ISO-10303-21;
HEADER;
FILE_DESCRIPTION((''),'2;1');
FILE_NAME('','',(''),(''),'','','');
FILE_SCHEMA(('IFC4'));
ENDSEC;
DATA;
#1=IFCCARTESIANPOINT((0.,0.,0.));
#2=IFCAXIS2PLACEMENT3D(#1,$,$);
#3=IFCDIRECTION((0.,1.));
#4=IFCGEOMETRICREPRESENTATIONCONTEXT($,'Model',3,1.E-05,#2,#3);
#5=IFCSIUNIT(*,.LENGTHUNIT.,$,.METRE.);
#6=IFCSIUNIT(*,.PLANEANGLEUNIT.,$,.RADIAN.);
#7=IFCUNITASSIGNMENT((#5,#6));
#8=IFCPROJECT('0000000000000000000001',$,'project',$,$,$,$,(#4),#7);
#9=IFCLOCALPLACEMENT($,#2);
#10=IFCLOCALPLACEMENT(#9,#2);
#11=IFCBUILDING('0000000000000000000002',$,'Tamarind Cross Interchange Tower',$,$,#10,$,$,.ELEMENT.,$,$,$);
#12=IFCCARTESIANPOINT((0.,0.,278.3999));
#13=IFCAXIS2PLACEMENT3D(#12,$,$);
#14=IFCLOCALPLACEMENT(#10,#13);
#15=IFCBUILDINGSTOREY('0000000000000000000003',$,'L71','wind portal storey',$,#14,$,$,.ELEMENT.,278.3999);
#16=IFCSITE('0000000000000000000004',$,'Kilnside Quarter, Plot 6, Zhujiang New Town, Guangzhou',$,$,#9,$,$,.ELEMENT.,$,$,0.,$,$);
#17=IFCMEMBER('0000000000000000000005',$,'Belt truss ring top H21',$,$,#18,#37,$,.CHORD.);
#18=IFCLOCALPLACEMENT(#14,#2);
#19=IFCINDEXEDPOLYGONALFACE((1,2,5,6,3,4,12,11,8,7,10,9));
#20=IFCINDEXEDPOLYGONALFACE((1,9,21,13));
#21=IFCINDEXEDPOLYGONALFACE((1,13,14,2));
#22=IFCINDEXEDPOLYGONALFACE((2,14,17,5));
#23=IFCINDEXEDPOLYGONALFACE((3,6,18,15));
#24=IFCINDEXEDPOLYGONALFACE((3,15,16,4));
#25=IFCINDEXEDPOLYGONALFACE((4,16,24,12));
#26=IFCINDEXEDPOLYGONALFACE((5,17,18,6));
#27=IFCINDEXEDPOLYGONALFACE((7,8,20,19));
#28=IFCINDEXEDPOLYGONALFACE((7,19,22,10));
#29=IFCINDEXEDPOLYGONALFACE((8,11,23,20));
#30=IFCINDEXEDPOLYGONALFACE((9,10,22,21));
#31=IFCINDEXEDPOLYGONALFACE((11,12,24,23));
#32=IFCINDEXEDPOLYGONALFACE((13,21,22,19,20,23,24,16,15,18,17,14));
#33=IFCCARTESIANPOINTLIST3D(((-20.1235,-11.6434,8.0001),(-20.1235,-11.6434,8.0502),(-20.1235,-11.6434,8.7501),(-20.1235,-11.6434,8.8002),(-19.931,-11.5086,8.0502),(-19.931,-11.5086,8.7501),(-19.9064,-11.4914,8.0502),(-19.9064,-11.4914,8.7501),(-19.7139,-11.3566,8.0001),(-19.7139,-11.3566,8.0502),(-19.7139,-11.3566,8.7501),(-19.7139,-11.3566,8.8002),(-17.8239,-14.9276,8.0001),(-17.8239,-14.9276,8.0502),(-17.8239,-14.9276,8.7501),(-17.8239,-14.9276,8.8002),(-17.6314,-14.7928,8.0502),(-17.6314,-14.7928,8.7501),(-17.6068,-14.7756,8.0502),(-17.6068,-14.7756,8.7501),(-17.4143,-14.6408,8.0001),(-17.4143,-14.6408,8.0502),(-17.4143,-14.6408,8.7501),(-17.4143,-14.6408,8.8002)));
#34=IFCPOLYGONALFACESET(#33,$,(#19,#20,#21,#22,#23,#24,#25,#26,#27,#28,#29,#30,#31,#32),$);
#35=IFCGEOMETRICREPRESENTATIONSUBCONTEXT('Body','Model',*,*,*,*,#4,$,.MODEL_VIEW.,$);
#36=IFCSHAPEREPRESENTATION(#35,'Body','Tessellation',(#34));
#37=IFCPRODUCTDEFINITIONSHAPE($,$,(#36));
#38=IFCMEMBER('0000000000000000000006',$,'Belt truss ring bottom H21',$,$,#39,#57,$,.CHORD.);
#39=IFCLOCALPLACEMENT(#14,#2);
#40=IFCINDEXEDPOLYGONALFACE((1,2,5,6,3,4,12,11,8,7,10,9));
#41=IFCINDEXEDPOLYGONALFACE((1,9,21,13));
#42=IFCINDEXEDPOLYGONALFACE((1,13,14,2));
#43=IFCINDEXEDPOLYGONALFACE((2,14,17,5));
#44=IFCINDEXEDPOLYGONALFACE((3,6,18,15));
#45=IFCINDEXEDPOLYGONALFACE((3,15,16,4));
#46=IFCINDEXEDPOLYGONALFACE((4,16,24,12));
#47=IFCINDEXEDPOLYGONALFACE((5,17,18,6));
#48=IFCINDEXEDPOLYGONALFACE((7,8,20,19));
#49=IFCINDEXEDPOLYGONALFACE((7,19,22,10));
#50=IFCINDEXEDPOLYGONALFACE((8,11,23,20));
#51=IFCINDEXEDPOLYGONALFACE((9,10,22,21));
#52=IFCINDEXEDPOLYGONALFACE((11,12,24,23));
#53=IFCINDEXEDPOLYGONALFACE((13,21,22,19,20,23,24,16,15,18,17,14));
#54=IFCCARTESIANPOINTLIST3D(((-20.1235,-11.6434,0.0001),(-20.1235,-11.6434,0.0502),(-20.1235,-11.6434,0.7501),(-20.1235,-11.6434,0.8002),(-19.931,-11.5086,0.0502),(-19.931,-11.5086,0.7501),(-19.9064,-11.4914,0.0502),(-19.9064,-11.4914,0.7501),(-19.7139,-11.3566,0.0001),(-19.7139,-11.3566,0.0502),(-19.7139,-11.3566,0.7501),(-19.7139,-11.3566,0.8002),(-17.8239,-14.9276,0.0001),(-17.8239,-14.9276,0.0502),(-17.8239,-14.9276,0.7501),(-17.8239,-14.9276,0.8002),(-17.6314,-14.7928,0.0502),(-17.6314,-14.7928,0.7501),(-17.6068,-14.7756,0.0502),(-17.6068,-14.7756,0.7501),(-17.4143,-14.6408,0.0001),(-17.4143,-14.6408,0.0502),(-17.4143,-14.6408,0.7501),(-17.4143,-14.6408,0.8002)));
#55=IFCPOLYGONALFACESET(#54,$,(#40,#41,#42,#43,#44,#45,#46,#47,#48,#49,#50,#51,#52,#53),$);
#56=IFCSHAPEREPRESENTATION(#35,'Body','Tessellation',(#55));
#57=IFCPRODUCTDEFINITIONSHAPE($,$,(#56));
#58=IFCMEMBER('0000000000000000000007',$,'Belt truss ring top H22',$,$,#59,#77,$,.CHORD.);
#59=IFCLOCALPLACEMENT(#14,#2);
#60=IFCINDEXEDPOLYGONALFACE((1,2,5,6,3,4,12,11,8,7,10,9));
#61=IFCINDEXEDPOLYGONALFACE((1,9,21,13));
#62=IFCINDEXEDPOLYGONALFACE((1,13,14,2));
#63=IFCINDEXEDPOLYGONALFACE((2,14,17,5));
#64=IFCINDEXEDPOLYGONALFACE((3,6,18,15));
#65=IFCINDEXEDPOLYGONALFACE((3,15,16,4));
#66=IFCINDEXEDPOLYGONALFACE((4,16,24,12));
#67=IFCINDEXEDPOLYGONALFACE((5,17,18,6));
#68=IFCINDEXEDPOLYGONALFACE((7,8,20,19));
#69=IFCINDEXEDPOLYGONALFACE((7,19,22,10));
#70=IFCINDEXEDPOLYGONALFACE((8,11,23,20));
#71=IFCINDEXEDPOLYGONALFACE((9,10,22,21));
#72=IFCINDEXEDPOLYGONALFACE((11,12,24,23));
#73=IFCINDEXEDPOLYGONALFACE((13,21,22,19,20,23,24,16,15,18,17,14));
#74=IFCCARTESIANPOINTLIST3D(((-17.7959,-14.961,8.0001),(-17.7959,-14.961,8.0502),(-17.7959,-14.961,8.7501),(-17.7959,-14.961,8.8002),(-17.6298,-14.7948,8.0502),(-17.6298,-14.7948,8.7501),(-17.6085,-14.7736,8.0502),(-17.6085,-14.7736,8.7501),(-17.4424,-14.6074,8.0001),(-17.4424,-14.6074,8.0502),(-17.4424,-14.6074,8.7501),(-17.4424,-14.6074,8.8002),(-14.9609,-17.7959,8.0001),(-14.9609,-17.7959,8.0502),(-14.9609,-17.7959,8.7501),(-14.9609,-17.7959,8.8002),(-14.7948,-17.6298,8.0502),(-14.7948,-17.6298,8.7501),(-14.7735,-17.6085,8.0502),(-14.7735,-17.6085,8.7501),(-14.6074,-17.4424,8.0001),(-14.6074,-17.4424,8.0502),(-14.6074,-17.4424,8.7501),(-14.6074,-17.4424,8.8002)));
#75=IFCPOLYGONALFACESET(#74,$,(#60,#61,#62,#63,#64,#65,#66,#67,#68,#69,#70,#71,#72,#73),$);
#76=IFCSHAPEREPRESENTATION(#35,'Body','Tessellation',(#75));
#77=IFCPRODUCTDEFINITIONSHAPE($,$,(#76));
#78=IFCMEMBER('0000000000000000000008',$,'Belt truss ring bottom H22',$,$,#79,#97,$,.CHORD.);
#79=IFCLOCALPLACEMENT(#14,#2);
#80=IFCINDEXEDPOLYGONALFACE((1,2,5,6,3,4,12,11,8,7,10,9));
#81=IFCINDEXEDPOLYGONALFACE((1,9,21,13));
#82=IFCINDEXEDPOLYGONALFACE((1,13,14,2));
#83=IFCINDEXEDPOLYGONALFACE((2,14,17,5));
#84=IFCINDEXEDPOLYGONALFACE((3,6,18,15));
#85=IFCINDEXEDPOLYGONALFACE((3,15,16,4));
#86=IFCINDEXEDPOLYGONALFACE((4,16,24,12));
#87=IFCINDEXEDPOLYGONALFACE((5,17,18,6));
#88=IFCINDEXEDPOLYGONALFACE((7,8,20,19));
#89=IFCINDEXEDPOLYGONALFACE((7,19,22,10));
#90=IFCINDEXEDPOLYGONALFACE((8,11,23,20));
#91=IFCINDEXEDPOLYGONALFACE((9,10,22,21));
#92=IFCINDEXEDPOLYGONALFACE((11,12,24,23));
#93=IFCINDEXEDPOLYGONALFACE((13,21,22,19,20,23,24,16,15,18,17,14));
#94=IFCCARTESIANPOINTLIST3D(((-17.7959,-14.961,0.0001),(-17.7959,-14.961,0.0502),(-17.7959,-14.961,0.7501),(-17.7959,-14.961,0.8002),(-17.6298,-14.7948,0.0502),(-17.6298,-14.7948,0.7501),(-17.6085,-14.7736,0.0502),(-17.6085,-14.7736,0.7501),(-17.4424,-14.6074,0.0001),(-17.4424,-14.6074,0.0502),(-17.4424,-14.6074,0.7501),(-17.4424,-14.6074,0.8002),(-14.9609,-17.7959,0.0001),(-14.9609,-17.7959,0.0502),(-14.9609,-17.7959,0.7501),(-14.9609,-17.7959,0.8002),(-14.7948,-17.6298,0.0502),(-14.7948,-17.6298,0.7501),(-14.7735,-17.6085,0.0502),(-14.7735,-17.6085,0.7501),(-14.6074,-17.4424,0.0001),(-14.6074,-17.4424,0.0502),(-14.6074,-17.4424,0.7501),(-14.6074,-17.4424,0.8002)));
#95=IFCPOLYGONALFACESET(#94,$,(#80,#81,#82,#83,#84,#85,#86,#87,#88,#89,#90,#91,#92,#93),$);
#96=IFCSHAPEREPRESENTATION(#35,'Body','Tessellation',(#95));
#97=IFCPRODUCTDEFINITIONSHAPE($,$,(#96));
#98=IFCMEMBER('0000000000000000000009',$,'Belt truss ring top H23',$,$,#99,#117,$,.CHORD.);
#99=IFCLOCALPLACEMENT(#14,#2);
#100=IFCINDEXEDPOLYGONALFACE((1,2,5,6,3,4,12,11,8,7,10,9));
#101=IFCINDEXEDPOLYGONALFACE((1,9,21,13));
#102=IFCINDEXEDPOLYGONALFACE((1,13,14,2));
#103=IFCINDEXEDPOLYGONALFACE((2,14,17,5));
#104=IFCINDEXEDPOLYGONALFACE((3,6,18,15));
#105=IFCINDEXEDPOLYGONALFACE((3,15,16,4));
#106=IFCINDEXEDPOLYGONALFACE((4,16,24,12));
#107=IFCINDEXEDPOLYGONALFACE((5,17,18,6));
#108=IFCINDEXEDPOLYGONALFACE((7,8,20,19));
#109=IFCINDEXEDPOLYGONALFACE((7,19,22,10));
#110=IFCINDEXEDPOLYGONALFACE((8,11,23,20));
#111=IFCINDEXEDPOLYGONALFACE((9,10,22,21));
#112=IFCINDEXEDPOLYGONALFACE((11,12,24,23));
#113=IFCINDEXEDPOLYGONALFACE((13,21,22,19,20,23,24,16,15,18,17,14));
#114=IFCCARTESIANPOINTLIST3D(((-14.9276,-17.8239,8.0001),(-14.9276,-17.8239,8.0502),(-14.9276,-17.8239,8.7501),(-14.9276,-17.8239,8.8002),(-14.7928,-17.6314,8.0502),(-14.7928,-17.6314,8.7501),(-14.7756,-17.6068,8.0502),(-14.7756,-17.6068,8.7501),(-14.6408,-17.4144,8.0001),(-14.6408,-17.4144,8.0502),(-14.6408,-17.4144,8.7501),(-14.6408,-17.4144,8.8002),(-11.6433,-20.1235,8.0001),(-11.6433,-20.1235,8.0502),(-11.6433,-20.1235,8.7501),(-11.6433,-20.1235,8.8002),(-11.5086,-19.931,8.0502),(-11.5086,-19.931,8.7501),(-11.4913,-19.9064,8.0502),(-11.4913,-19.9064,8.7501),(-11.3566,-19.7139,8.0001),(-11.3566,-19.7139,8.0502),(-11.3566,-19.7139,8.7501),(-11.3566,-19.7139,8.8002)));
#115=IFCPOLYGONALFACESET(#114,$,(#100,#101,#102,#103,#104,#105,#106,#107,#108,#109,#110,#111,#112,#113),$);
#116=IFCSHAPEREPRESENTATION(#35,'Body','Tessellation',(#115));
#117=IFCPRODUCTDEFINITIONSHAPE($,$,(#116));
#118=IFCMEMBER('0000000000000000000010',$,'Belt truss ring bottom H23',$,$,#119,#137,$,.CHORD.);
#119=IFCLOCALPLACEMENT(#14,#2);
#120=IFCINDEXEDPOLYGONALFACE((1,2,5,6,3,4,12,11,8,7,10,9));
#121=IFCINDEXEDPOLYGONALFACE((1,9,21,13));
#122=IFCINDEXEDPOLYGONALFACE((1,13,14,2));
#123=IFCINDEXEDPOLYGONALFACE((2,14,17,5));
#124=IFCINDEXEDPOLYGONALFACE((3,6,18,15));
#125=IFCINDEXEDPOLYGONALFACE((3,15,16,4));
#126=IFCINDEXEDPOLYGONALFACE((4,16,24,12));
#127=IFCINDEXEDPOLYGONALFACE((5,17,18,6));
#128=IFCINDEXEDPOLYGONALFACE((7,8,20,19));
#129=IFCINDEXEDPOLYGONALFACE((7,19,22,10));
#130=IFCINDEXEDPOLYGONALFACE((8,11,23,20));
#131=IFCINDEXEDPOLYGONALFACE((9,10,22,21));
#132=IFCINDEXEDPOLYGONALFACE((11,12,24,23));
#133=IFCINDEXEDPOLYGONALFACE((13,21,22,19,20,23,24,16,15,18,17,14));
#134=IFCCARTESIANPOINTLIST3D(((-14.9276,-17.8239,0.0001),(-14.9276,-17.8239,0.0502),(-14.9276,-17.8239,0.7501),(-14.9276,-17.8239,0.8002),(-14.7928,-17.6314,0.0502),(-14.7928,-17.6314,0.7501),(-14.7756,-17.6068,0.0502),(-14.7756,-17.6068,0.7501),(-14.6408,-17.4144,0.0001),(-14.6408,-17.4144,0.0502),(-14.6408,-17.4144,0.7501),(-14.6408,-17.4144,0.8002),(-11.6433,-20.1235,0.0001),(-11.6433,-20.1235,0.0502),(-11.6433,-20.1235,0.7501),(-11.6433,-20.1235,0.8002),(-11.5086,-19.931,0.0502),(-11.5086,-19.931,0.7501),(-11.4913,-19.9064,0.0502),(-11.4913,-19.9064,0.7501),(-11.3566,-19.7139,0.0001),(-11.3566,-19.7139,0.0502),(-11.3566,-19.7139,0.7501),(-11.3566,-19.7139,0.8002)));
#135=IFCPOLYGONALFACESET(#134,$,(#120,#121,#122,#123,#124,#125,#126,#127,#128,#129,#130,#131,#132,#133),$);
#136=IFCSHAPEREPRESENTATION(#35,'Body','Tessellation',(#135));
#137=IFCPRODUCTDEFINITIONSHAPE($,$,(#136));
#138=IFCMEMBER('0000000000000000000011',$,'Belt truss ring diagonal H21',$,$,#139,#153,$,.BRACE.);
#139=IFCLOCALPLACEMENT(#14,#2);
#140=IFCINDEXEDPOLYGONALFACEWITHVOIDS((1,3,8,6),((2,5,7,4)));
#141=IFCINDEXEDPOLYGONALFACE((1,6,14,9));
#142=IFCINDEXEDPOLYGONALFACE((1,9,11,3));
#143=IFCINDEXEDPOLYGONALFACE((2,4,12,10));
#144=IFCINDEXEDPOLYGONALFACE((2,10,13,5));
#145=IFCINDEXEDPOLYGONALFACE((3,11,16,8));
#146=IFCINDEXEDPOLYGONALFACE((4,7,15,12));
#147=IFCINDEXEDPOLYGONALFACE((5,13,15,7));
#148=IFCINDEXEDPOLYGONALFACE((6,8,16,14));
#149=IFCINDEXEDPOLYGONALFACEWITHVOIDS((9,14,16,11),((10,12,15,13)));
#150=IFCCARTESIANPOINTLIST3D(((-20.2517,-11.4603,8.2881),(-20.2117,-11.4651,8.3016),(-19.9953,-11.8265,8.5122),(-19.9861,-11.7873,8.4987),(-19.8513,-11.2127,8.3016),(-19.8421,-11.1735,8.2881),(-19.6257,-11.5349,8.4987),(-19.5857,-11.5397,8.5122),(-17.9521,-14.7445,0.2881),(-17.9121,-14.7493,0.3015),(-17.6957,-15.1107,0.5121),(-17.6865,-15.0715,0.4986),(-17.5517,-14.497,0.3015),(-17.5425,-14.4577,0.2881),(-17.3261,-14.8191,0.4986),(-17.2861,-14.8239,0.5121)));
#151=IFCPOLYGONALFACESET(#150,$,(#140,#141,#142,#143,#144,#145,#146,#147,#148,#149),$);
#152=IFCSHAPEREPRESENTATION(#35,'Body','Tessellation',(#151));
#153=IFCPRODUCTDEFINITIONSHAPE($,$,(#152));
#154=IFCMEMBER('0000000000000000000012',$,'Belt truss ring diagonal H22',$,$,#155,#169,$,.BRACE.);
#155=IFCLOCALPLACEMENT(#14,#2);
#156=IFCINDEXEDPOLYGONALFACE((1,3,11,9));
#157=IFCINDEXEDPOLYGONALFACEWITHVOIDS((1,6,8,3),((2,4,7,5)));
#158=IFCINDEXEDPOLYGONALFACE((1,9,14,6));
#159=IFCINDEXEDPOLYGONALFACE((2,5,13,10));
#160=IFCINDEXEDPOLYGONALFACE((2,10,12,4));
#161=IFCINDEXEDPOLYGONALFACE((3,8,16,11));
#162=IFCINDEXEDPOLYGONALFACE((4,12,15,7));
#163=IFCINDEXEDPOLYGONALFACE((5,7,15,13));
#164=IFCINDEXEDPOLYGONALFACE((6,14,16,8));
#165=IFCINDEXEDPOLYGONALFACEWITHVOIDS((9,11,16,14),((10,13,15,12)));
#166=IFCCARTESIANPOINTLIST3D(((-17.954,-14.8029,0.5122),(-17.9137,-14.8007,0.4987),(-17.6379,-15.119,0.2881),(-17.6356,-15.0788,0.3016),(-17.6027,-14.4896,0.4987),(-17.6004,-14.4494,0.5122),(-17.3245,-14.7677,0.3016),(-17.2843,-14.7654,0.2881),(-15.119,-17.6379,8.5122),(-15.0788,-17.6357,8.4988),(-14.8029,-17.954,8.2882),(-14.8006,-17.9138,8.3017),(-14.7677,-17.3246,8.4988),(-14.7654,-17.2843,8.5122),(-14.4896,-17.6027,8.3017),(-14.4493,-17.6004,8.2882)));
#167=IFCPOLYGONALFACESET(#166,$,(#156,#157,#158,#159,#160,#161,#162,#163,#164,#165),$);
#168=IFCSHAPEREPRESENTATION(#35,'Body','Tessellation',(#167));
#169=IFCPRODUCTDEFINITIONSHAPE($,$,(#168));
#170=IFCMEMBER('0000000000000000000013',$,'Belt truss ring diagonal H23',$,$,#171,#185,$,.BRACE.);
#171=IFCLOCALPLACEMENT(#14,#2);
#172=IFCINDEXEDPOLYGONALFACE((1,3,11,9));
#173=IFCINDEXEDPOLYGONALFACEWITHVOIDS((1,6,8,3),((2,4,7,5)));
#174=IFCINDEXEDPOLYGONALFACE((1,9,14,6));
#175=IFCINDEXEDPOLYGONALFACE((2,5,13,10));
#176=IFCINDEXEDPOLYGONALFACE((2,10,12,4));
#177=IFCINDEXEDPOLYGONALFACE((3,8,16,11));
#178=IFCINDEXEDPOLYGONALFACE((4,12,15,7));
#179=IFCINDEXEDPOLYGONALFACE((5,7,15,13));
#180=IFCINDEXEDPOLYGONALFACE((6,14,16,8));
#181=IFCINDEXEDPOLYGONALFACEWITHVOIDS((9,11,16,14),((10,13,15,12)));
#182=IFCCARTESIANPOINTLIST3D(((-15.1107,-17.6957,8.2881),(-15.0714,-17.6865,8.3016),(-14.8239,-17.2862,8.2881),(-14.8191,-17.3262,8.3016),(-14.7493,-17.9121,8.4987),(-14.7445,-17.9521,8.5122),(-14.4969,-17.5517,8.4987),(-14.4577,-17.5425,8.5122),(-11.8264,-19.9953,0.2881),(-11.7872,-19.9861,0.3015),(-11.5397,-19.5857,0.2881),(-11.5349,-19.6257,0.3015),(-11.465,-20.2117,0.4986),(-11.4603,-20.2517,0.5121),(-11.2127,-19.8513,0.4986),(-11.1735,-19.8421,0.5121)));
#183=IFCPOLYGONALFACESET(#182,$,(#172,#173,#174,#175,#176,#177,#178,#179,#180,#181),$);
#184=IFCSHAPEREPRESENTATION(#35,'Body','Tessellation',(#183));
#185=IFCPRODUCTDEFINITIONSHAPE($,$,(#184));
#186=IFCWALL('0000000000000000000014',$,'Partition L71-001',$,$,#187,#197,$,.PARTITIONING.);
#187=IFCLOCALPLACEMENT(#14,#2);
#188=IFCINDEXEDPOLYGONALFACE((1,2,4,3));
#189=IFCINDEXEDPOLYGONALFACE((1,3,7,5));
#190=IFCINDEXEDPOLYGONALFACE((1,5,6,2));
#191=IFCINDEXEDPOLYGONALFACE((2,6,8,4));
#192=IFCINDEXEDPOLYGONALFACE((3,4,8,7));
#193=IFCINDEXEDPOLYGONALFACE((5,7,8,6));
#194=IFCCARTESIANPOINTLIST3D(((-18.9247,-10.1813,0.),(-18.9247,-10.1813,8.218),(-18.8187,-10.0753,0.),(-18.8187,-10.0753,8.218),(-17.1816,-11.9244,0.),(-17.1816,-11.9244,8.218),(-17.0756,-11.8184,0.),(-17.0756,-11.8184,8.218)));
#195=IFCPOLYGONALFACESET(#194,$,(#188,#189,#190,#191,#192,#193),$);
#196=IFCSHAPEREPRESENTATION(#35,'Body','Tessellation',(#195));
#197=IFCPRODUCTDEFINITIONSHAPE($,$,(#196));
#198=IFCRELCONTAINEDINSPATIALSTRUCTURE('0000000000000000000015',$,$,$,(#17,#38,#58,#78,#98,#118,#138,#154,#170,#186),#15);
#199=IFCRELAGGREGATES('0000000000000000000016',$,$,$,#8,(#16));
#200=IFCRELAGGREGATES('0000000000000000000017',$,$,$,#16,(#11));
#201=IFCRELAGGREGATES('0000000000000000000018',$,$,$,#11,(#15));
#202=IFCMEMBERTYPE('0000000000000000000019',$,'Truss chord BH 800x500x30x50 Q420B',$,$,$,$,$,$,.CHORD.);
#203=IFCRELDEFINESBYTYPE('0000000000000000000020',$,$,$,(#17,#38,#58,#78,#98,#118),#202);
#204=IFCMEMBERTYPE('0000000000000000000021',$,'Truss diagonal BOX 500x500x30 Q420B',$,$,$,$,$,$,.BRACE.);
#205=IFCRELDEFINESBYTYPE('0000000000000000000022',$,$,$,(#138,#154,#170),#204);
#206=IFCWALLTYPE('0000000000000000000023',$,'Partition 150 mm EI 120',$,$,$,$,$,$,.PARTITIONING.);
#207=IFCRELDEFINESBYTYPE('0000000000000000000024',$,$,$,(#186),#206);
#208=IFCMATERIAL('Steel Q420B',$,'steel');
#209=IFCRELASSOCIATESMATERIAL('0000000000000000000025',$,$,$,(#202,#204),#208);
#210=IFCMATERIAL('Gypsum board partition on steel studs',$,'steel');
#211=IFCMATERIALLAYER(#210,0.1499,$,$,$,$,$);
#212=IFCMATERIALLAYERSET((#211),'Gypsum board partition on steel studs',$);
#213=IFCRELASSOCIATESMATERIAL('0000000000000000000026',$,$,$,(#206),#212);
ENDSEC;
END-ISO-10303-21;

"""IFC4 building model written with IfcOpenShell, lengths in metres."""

from ifc_helpers import new_model, si_unit, direction, frame, frame_2d, origin, origin_2d, place, context, subcontext, project, spatial, rectangle, hollow_rectangle, i_section, extrude, material, layer, layer_set, material_profile, profile_set, type_object, element, save


model = new_model("IFC4")

# Units and contexts
model_context = context("Model", 3, precision=1e-05, world=origin(), true_north=direction((0.0, 1.0)))
body_context = subcontext(model_context, "Body", "Model", "MODEL_VIEW")
ifc_project = project(units=[si_unit("LENGTHUNIT", "METRE"), si_unit("PLANEANGLEUNIT", "RADIAN")], contexts=[model_context])

# Site, building, storey
site_placement = place(None, origin())
site = spatial("IfcSite", under=ifc_project, at=site_placement, Name="Kilnside Quarter, Plot 6, Zhujiang New Town, Guangzhou", CompositionType="ELEMENT", RefElevation=0.0)
building_placement = place(site_placement, origin())
building = spatial("IfcBuilding", under=site, at=building_placement, Name="Tamarind Cross Interchange Tower", CompositionType="ELEMENT")
storey_placement = place(building_placement, frame((0.0, 0.0, 278.3999)))
storey = spatial("IfcBuildingStorey", under=building, at=storey_placement, Name="L71", Description="wind portal storey", CompositionType="ELEMENT", Elevation=278.3999)

# Members
ifc_material_1 = material(Name="Steel Q420B", Category="steel")
ifc_material_profile_1 = material_profile(ifc_material_1, i_section(OverallWidth=0.5, OverallDepth=0.8, WebThickness=0.03, FlangeThickness=0.05, at=origin_2d()), Name="BH 800x500x30x50")
ifc_profile_set_1 = profile_set([ifc_material_profile_1], Name="Steel Q420B")
member_type_1 = type_object("IfcMemberType", Name="Truss chord BH 800x500x30x50 Q420B", PredefinedType="CHORD", material=ifc_profile_set_1)
for number, where, z_axis, x_axis, name in (
    (1, (-19.9187, -11.5, 8.4001), (0.573569, -0.819158, 0.0), (0.819158, 0.573569, 0.0), "Belt truss ring top H21"),
    (2, (-19.9187, -11.5, 0.4001), (0.573569, -0.819158, 0.0), (0.819158, 0.573569, 0.0), "Belt truss ring bottom H21"),
    (3, (-17.6191, -14.7842, 8.4001), (0.707107, -0.707107, 0.0), (0.707107, 0.707107, 0.0), "Belt truss ring top H22"),
    (4, (-17.6191, -14.7842, 0.4001), (0.707107, -0.707107, 0.0), (0.707107, 0.707107, 0.0), "Belt truss ring bottom H22"),
    (5, (-14.7842, -17.6191, 8.4001), (0.819158, -0.573569, 0.0), (0.573569, 0.819158, 0.0), "Belt truss ring top H23"),
    (6, (-14.7842, -17.6191, 0.4001), (0.819158, -0.573569, 0.0), (0.573569, 0.819158, 0.0), "Belt truss ring bottom H23"),
):
    element("IfcMember", number, at=place(storey_placement, frame(where, z_axis=z_axis, x_axis=x_axis)), inside=storey, type_object=member_type_1, Name=name, PredefinedType="CHORD", context=body_context, shape_type="SweptSolid", body=[
        extrude(i_section(OverallWidth=0.5, OverallDepth=0.8, WebThickness=0.03, FlangeThickness=0.05, at=origin_2d()), origin(), (0.0, 0.0, 1.0), 4.0093),
    ])
ifc_material_profile_2 = material_profile(ifc_material_1, hollow_rectangle(XDim=0.5, YDim=0.5, WallThickness=0.03, at=origin_2d()), Name="BOX 500x500x30")
ifc_profile_set_2 = profile_set([ifc_material_profile_2], Name="Steel Q420B")
member_type_2 = type_object("IfcMemberType", Name="Truss diagonal BOX 500x500x30 Q420B", PredefinedType="BRACE", material=ifc_profile_set_2)
for number, where, z_axis, x_axis, name in (
    (7, (-19.9187, -11.5, 8.4001), (0.25698, -0.367013, -0.894015), (0.819158, 0.573569, 0.0), "Belt truss ring diagonal H21"),
    (8, (-17.6191, -14.7842, 0.4001), (0.316812, -0.316812, 0.894014), (0.707107, 0.707107, 0.0), "Belt truss ring diagonal H22"),
    (9, (-14.7842, -17.6191, 8.4001), (0.367013, -0.25698, -0.894015), (0.573569, 0.819158, 0.0), "Belt truss ring diagonal H23"),
):
    element("IfcMember", number, at=place(storey_placement, frame(where, z_axis=z_axis, x_axis=x_axis)), inside=storey, type_object=member_type_2, Name=name, PredefinedType="BRACE", context=body_context, shape_type="SweptSolid", body=[
        extrude(hollow_rectangle(XDim=0.5, YDim=0.5, WallThickness=0.03, at=origin_2d()), origin(), (0.0, 0.0, 1.0), 8.9485),
    ])

# Wall
ifc_material_2 = material(Name="Gypsum board partition on steel studs", Category="steel")
ifc_layer = layer(ifc_material_2, 0.1499)
ifc_layer_set = layer_set([ifc_layer], Name="Gypsum board partition on steel studs")
wall_type = type_object("IfcWallType", Name="Partition 150 mm EI 120", PredefinedType="PARTITIONING", material=ifc_layer_set)
wall_1_placement = place(storey_placement, frame((-18.8716, -10.1284, 0.0), z_axis=(0.0, 0.0, 1.0), x_axis=(0.707107, -0.707107, 0.0)))
element("IfcWall", 10, at=wall_1_placement, inside=storey, type_object=wall_type, Name="Partition L71-001", PredefinedType="PARTITIONING", context=body_context, shape_type="SweptSolid", body=[
    extrude(rectangle(XDim=2.4651, YDim=0.1499, at=frame_2d((1.2324, 0.0))), origin(), (0.0, 0.0, 1.0), 8.218),
])

save(model, "model.ifc")
